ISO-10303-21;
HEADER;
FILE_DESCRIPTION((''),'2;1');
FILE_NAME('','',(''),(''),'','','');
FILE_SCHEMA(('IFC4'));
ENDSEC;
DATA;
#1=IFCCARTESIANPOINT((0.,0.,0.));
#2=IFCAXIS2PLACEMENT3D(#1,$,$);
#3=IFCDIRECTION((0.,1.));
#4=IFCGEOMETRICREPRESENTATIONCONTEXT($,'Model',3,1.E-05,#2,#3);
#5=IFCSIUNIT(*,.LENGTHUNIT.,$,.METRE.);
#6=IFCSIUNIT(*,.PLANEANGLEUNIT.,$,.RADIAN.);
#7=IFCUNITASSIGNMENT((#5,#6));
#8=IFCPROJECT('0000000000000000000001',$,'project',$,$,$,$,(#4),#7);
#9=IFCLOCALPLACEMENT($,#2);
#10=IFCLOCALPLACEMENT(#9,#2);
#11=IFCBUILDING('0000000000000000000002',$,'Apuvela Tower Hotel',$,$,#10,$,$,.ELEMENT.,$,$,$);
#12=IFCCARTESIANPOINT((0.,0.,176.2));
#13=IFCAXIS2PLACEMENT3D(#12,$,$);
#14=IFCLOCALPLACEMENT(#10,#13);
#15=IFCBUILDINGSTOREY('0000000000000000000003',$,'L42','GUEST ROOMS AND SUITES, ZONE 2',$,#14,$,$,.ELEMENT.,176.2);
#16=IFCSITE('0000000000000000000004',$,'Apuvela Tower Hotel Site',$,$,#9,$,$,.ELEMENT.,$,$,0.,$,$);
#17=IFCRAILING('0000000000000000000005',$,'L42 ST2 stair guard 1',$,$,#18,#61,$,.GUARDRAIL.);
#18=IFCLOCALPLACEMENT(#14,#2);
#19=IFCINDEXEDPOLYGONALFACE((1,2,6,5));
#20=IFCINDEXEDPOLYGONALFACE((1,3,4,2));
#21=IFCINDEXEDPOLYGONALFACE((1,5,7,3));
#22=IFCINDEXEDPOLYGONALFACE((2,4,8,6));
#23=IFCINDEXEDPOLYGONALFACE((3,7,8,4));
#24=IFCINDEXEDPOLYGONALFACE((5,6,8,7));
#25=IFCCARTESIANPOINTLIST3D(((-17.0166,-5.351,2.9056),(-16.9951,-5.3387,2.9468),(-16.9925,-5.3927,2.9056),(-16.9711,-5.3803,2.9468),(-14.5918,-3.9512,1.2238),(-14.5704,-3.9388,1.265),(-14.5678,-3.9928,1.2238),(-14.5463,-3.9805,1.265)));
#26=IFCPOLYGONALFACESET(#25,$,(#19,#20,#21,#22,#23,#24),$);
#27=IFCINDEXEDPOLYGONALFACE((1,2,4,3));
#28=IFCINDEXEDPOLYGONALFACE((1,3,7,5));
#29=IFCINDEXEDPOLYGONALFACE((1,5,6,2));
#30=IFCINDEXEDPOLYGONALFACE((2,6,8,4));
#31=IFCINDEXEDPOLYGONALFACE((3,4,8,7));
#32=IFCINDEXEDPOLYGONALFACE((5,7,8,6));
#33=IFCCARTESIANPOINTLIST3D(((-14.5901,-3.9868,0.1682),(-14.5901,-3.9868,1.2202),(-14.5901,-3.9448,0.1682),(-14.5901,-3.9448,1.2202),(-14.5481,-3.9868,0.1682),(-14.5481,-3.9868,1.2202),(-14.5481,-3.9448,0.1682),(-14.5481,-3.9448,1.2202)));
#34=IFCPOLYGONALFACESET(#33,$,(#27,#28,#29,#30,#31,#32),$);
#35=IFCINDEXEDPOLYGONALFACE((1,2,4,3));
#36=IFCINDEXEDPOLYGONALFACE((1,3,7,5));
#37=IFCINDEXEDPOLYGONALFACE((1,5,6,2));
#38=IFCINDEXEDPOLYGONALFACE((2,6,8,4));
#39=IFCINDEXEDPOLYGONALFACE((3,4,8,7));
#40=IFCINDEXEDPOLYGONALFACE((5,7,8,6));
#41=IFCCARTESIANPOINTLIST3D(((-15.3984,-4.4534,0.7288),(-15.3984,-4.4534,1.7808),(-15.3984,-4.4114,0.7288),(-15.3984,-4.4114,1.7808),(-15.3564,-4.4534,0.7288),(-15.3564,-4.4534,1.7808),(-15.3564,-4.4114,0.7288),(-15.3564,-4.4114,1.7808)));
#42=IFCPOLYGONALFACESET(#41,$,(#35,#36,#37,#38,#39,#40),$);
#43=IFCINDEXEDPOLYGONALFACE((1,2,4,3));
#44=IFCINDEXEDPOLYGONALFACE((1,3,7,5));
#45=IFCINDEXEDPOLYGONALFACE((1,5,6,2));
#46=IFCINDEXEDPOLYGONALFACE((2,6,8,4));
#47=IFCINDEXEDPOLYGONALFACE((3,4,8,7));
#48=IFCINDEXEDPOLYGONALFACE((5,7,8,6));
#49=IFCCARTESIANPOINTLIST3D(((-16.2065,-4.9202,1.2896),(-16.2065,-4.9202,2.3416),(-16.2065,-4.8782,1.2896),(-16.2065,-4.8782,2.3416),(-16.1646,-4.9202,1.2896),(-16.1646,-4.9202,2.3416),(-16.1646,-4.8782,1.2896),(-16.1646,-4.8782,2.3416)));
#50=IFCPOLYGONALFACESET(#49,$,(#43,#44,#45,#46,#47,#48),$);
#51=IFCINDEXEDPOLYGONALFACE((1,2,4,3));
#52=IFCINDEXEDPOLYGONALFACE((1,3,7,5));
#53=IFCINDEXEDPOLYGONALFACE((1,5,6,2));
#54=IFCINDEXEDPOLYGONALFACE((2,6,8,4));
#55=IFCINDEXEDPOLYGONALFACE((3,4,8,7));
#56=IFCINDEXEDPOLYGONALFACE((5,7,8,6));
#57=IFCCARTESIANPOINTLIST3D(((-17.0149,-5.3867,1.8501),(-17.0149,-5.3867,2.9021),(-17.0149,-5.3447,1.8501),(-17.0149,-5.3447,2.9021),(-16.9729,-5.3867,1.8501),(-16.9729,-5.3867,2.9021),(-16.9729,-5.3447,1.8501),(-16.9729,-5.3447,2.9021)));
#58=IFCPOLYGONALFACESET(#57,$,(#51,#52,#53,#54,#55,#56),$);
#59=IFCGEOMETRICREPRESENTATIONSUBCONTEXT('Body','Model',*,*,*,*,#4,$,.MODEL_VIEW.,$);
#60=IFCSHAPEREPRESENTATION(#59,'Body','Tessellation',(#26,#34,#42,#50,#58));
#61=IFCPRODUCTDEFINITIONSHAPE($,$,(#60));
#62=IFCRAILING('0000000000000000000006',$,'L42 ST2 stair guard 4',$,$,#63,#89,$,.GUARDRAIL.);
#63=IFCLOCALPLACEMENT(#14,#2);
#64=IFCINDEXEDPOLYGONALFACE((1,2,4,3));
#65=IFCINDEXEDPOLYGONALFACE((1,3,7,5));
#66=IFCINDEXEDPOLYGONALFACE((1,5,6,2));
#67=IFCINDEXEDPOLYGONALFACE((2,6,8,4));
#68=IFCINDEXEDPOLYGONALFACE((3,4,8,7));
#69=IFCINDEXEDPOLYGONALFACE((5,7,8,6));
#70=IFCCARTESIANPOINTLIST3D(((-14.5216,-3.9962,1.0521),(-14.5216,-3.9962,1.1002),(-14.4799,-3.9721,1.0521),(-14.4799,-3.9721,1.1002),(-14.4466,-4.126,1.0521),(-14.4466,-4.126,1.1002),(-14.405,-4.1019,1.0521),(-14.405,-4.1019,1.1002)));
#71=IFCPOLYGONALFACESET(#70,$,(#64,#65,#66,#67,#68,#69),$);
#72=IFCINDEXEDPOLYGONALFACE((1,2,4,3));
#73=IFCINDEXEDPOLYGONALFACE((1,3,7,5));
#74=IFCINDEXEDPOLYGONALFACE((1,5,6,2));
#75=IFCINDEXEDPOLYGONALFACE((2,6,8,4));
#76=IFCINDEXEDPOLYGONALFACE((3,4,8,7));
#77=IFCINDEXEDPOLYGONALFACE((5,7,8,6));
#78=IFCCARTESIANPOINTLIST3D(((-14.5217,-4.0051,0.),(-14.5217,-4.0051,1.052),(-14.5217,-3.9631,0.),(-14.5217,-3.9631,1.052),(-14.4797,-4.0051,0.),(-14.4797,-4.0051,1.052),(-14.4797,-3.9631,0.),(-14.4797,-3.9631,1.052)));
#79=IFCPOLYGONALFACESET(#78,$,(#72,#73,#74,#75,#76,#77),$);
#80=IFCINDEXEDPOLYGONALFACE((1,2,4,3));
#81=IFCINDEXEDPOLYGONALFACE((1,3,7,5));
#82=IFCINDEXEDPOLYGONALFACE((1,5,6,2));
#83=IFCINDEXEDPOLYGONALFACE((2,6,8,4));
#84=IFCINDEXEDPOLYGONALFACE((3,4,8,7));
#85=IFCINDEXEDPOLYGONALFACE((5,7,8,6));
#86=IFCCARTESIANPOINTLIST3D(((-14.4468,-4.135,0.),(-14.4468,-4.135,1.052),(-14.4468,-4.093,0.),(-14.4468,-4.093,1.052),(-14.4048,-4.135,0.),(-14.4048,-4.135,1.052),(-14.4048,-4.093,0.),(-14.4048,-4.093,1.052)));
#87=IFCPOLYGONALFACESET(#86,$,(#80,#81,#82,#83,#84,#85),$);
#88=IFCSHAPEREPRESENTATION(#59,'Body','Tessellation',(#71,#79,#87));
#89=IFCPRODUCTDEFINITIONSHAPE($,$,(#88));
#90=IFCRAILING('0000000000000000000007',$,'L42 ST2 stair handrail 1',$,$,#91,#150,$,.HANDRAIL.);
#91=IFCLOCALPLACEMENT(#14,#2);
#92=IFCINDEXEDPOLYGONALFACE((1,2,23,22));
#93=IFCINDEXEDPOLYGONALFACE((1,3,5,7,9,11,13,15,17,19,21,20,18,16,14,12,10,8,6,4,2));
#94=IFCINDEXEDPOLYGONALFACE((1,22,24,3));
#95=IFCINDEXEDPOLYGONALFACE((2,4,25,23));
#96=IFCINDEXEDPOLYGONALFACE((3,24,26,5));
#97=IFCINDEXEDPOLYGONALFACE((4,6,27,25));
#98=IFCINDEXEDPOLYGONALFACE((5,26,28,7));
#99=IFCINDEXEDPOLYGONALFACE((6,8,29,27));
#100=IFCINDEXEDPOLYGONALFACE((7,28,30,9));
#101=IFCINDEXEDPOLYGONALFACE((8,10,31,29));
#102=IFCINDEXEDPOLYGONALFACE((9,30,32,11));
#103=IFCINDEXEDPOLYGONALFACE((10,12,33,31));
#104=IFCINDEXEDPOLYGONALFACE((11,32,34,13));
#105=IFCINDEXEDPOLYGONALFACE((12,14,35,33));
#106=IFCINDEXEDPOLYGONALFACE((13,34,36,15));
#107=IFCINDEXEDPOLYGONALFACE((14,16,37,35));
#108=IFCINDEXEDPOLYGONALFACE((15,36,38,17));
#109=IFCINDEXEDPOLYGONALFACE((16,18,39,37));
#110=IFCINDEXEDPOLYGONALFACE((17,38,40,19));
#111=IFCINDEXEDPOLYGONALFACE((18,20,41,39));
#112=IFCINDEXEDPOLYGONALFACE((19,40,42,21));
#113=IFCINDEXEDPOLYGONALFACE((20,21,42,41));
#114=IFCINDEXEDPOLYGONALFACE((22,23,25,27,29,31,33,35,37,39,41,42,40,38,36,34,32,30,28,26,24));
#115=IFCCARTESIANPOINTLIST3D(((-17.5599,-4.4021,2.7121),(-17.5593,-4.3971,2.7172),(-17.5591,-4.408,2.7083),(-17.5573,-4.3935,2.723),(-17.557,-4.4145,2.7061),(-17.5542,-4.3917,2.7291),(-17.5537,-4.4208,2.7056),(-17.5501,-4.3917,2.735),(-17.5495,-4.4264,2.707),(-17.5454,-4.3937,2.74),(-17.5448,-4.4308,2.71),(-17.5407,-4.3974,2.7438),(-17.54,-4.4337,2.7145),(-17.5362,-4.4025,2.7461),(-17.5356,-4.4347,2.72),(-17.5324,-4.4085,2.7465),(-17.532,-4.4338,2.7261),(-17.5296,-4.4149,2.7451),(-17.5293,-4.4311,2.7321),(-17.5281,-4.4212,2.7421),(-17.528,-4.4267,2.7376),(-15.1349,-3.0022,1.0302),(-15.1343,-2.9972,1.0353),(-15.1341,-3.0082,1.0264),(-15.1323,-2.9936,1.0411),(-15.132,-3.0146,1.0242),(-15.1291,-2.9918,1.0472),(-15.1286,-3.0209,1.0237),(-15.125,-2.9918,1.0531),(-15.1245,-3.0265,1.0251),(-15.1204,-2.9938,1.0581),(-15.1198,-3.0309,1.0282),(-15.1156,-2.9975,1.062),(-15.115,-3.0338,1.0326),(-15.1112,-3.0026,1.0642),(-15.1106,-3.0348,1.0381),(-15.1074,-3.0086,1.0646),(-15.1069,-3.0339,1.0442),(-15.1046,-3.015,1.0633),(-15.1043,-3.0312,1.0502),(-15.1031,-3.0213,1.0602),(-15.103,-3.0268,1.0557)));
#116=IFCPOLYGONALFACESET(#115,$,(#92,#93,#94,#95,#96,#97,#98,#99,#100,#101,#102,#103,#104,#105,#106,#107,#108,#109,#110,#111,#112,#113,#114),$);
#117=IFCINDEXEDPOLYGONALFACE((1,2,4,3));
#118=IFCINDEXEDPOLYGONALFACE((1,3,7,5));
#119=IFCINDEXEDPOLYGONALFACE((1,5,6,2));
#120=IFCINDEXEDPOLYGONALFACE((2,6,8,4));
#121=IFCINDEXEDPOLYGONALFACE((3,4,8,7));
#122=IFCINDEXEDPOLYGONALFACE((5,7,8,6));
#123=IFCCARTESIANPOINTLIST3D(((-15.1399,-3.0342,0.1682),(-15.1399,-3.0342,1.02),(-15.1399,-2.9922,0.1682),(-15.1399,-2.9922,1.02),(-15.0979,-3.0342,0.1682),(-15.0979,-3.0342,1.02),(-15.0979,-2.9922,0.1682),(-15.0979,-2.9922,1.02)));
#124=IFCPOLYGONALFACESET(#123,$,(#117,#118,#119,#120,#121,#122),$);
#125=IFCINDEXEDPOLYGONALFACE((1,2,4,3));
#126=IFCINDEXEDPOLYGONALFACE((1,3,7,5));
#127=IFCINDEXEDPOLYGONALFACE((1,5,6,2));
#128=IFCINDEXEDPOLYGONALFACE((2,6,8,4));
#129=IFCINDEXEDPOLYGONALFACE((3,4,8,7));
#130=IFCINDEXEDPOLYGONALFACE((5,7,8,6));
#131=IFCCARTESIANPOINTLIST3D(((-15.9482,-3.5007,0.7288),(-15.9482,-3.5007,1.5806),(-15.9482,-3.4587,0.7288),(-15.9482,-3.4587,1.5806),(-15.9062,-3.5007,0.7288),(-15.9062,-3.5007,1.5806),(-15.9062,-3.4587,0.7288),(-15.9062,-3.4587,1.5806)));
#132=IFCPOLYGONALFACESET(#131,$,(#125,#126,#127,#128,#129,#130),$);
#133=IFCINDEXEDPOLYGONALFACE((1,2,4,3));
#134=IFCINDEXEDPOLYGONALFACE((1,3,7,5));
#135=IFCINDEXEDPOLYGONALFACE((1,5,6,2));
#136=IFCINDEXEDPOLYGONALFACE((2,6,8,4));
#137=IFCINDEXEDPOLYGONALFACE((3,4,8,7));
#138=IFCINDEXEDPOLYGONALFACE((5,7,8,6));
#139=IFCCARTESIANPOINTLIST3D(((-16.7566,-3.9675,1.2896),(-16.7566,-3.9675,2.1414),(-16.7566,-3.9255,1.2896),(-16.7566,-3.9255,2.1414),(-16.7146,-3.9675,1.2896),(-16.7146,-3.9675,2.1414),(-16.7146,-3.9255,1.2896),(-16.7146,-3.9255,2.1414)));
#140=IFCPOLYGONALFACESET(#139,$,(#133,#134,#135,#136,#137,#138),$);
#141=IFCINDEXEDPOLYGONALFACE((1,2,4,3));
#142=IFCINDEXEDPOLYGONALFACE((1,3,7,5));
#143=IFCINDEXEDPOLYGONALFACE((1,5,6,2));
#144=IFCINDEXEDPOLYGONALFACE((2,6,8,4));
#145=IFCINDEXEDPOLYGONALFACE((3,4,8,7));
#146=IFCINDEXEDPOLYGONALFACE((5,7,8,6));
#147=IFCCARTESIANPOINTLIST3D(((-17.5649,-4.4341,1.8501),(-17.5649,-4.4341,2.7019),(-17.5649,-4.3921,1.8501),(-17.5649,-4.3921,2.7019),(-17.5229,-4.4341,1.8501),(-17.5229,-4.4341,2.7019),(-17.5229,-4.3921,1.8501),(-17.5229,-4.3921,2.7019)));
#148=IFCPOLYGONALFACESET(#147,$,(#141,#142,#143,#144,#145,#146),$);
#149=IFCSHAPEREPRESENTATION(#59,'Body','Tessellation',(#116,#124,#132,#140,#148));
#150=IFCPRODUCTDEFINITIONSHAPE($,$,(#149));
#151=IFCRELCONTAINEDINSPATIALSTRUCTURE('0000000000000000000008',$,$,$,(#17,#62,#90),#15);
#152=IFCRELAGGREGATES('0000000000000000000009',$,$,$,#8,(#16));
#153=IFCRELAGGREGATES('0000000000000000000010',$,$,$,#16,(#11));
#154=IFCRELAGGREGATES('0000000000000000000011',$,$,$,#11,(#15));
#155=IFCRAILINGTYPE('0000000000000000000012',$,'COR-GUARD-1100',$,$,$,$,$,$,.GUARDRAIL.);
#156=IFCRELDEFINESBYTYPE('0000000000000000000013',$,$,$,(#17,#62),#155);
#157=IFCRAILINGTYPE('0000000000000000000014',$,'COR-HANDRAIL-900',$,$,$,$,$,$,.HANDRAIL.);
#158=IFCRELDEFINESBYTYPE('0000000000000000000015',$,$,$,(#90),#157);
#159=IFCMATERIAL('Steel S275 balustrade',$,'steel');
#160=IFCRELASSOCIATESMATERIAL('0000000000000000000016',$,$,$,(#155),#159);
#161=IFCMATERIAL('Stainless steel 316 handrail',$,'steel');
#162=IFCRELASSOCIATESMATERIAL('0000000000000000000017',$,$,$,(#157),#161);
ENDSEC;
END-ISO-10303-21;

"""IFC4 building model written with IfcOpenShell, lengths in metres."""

from ifc_helpers import new_model, si_unit, direction, frame, origin, origin_2d, place, context, subcontext, project, spatial, rectangle, circle, extrude, material, type_object, element, save


model = new_model("IFC4")

# Units and contexts
model_context = context("Model", 3, precision=1e-05, world=origin(), true_north=direction((0.0, 1.0)))
body_context = subcontext(model_context, "Body", "Model", "MODEL_VIEW")
ifc_project = project(units=[si_unit("LENGTHUNIT", "METRE"), si_unit("PLANEANGLEUNIT", "RADIAN")], contexts=[model_context])

# Site, building, storey
site_placement = place(None, origin())
site = spatial("IfcSite", under=ifc_project, at=site_placement, Name="Apuvela Tower Hotel Site", CompositionType="ELEMENT", RefElevation=0.0)
building_placement = place(site_placement, origin())
building = spatial("IfcBuilding", under=site, at=building_placement, Name="Apuvela Tower Hotel", CompositionType="ELEMENT")
storey_placement = place(building_placement, frame((0.0, 0.0, 176.2)))
storey = spatial("IfcBuildingStorey", under=building, at=storey_placement, Name="L42", Description="GUEST ROOMS AND SUITES, ZONE 2", CompositionType="ELEMENT", Elevation=176.2)

# Railings
ifc_material_1 = material(Name="Steel S275 balustrade", Category="steel")
railing_type_1 = type_object("IfcRailingType", Name="COR-GUARD-1100", PredefinedType="GUARDRAIL", material=ifc_material_1)
railing_1_placement = place(storey_placement, frame((-14.5691, -3.9658, 0.1682)))
element("IfcRailing", 1, at=railing_1_placement, inside=storey, type_object=railing_type_1, Name="L42 ST2 stair guard 1", PredefinedType="GUARDRAIL", context=body_context, shape_type="SweptSolid", body=[
    extrude(rectangle(XDim=0.0481, YDim=0.0481, at=origin_2d()), frame((0.0, 0.0, 1.0762), z_axis=(-0.74239, -0.428601, 0.514934), x_axis=(0.499984, -0.866035, 0.0)), (0.0, 0.0, 1.0), 3.2661),
    extrude(rectangle(XDim=0.042, YDim=0.042, at=origin_2d()), origin(), (0.0, 0.0, 1.0), 1.052),
    extrude(rectangle(XDim=0.042, YDim=0.042, at=origin_2d()), frame((-0.8083, -0.4666, 0.5605)), (0.0, 0.0, 1.0), 1.052),
    extrude(rectangle(XDim=0.042, YDim=0.042, at=origin_2d()), frame((-1.6165, -0.9333, 1.1213)), (0.0, 0.0, 1.0), 1.052),
    extrude(rectangle(XDim=0.042, YDim=0.042, at=origin_2d()), frame((-2.4248, -1.3999, 1.6819)), (0.0, 0.0, 1.0), 1.052),
])
railing_2_placement = place(storey_placement, frame((-14.5007, -3.9841, 0.0)))
element("IfcRailing", 2, at=railing_2_placement, inside=storey, type_object=railing_type_1, Name="L42 ST2 stair guard 4", PredefinedType="GUARDRAIL", context=body_context, shape_type="SweptSolid", body=[
    extrude(rectangle(XDim=0.0481, YDim=0.0481, at=origin_2d()), frame((0.0, 0.0, 1.0762), z_axis=(0.499816, -0.866131, 0.0), x_axis=(0.866131, 0.499816, 0.0)), (0.0, 0.0, 1.0), 0.1499),
    extrude(rectangle(XDim=0.042, YDim=0.042, at=origin_2d()), origin(), (0.0, 0.0, 1.0), 1.052),
    extrude(rectangle(XDim=0.042, YDim=0.042, at=origin_2d()), frame((0.075, -0.1299, 0.0)), (0.0, 0.0, 1.0), 1.052),
])
ifc_material_2 = material(Name="Stainless steel 316 handrail", Category="steel")
railing_type_2 = type_object("IfcRailingType", Name="COR-HANDRAIL-900", PredefinedType="HANDRAIL", material=ifc_material_2)
railing_3_placement = place(storey_placement, frame((-15.1189, -3.0132, 0.1682)))
element("IfcRailing", 3, at=railing_3_placement, inside=storey, type_object=railing_type_2, Name="L42 ST2 stair handrail 1", PredefinedType="HANDRAIL", context=body_context, shape_type="SweptSolid", body=[
    extrude(circle(Radius=0.0239, at=origin_2d()), frame((0.0, 0.0, 0.876), z_axis=(-0.742424, -0.428577, 0.514906), x_axis=(0.499946, -0.866056, 0.0)), (0.0, 0.0, 1.0), 3.2664),
    extrude(rectangle(XDim=0.042, YDim=0.042, at=origin_2d()), origin(), (0.0, 0.0, 1.0), 0.8518),
    extrude(rectangle(XDim=0.042, YDim=0.042, at=origin_2d()), frame((-0.8083, -0.4666, 0.5605)), (0.0, 0.0, 1.0), 0.8518),
    extrude(rectangle(XDim=0.042, YDim=0.042, at=origin_2d()), frame((-1.6167, -0.9333, 1.1213)), (0.0, 0.0, 1.0), 0.8518),
    extrude(rectangle(XDim=0.042, YDim=0.042, at=origin_2d()), frame((-2.425, -1.3999, 1.6819)), (0.0, 0.0, 1.0), 0.8518),
])

save(model, "model.ifc")
